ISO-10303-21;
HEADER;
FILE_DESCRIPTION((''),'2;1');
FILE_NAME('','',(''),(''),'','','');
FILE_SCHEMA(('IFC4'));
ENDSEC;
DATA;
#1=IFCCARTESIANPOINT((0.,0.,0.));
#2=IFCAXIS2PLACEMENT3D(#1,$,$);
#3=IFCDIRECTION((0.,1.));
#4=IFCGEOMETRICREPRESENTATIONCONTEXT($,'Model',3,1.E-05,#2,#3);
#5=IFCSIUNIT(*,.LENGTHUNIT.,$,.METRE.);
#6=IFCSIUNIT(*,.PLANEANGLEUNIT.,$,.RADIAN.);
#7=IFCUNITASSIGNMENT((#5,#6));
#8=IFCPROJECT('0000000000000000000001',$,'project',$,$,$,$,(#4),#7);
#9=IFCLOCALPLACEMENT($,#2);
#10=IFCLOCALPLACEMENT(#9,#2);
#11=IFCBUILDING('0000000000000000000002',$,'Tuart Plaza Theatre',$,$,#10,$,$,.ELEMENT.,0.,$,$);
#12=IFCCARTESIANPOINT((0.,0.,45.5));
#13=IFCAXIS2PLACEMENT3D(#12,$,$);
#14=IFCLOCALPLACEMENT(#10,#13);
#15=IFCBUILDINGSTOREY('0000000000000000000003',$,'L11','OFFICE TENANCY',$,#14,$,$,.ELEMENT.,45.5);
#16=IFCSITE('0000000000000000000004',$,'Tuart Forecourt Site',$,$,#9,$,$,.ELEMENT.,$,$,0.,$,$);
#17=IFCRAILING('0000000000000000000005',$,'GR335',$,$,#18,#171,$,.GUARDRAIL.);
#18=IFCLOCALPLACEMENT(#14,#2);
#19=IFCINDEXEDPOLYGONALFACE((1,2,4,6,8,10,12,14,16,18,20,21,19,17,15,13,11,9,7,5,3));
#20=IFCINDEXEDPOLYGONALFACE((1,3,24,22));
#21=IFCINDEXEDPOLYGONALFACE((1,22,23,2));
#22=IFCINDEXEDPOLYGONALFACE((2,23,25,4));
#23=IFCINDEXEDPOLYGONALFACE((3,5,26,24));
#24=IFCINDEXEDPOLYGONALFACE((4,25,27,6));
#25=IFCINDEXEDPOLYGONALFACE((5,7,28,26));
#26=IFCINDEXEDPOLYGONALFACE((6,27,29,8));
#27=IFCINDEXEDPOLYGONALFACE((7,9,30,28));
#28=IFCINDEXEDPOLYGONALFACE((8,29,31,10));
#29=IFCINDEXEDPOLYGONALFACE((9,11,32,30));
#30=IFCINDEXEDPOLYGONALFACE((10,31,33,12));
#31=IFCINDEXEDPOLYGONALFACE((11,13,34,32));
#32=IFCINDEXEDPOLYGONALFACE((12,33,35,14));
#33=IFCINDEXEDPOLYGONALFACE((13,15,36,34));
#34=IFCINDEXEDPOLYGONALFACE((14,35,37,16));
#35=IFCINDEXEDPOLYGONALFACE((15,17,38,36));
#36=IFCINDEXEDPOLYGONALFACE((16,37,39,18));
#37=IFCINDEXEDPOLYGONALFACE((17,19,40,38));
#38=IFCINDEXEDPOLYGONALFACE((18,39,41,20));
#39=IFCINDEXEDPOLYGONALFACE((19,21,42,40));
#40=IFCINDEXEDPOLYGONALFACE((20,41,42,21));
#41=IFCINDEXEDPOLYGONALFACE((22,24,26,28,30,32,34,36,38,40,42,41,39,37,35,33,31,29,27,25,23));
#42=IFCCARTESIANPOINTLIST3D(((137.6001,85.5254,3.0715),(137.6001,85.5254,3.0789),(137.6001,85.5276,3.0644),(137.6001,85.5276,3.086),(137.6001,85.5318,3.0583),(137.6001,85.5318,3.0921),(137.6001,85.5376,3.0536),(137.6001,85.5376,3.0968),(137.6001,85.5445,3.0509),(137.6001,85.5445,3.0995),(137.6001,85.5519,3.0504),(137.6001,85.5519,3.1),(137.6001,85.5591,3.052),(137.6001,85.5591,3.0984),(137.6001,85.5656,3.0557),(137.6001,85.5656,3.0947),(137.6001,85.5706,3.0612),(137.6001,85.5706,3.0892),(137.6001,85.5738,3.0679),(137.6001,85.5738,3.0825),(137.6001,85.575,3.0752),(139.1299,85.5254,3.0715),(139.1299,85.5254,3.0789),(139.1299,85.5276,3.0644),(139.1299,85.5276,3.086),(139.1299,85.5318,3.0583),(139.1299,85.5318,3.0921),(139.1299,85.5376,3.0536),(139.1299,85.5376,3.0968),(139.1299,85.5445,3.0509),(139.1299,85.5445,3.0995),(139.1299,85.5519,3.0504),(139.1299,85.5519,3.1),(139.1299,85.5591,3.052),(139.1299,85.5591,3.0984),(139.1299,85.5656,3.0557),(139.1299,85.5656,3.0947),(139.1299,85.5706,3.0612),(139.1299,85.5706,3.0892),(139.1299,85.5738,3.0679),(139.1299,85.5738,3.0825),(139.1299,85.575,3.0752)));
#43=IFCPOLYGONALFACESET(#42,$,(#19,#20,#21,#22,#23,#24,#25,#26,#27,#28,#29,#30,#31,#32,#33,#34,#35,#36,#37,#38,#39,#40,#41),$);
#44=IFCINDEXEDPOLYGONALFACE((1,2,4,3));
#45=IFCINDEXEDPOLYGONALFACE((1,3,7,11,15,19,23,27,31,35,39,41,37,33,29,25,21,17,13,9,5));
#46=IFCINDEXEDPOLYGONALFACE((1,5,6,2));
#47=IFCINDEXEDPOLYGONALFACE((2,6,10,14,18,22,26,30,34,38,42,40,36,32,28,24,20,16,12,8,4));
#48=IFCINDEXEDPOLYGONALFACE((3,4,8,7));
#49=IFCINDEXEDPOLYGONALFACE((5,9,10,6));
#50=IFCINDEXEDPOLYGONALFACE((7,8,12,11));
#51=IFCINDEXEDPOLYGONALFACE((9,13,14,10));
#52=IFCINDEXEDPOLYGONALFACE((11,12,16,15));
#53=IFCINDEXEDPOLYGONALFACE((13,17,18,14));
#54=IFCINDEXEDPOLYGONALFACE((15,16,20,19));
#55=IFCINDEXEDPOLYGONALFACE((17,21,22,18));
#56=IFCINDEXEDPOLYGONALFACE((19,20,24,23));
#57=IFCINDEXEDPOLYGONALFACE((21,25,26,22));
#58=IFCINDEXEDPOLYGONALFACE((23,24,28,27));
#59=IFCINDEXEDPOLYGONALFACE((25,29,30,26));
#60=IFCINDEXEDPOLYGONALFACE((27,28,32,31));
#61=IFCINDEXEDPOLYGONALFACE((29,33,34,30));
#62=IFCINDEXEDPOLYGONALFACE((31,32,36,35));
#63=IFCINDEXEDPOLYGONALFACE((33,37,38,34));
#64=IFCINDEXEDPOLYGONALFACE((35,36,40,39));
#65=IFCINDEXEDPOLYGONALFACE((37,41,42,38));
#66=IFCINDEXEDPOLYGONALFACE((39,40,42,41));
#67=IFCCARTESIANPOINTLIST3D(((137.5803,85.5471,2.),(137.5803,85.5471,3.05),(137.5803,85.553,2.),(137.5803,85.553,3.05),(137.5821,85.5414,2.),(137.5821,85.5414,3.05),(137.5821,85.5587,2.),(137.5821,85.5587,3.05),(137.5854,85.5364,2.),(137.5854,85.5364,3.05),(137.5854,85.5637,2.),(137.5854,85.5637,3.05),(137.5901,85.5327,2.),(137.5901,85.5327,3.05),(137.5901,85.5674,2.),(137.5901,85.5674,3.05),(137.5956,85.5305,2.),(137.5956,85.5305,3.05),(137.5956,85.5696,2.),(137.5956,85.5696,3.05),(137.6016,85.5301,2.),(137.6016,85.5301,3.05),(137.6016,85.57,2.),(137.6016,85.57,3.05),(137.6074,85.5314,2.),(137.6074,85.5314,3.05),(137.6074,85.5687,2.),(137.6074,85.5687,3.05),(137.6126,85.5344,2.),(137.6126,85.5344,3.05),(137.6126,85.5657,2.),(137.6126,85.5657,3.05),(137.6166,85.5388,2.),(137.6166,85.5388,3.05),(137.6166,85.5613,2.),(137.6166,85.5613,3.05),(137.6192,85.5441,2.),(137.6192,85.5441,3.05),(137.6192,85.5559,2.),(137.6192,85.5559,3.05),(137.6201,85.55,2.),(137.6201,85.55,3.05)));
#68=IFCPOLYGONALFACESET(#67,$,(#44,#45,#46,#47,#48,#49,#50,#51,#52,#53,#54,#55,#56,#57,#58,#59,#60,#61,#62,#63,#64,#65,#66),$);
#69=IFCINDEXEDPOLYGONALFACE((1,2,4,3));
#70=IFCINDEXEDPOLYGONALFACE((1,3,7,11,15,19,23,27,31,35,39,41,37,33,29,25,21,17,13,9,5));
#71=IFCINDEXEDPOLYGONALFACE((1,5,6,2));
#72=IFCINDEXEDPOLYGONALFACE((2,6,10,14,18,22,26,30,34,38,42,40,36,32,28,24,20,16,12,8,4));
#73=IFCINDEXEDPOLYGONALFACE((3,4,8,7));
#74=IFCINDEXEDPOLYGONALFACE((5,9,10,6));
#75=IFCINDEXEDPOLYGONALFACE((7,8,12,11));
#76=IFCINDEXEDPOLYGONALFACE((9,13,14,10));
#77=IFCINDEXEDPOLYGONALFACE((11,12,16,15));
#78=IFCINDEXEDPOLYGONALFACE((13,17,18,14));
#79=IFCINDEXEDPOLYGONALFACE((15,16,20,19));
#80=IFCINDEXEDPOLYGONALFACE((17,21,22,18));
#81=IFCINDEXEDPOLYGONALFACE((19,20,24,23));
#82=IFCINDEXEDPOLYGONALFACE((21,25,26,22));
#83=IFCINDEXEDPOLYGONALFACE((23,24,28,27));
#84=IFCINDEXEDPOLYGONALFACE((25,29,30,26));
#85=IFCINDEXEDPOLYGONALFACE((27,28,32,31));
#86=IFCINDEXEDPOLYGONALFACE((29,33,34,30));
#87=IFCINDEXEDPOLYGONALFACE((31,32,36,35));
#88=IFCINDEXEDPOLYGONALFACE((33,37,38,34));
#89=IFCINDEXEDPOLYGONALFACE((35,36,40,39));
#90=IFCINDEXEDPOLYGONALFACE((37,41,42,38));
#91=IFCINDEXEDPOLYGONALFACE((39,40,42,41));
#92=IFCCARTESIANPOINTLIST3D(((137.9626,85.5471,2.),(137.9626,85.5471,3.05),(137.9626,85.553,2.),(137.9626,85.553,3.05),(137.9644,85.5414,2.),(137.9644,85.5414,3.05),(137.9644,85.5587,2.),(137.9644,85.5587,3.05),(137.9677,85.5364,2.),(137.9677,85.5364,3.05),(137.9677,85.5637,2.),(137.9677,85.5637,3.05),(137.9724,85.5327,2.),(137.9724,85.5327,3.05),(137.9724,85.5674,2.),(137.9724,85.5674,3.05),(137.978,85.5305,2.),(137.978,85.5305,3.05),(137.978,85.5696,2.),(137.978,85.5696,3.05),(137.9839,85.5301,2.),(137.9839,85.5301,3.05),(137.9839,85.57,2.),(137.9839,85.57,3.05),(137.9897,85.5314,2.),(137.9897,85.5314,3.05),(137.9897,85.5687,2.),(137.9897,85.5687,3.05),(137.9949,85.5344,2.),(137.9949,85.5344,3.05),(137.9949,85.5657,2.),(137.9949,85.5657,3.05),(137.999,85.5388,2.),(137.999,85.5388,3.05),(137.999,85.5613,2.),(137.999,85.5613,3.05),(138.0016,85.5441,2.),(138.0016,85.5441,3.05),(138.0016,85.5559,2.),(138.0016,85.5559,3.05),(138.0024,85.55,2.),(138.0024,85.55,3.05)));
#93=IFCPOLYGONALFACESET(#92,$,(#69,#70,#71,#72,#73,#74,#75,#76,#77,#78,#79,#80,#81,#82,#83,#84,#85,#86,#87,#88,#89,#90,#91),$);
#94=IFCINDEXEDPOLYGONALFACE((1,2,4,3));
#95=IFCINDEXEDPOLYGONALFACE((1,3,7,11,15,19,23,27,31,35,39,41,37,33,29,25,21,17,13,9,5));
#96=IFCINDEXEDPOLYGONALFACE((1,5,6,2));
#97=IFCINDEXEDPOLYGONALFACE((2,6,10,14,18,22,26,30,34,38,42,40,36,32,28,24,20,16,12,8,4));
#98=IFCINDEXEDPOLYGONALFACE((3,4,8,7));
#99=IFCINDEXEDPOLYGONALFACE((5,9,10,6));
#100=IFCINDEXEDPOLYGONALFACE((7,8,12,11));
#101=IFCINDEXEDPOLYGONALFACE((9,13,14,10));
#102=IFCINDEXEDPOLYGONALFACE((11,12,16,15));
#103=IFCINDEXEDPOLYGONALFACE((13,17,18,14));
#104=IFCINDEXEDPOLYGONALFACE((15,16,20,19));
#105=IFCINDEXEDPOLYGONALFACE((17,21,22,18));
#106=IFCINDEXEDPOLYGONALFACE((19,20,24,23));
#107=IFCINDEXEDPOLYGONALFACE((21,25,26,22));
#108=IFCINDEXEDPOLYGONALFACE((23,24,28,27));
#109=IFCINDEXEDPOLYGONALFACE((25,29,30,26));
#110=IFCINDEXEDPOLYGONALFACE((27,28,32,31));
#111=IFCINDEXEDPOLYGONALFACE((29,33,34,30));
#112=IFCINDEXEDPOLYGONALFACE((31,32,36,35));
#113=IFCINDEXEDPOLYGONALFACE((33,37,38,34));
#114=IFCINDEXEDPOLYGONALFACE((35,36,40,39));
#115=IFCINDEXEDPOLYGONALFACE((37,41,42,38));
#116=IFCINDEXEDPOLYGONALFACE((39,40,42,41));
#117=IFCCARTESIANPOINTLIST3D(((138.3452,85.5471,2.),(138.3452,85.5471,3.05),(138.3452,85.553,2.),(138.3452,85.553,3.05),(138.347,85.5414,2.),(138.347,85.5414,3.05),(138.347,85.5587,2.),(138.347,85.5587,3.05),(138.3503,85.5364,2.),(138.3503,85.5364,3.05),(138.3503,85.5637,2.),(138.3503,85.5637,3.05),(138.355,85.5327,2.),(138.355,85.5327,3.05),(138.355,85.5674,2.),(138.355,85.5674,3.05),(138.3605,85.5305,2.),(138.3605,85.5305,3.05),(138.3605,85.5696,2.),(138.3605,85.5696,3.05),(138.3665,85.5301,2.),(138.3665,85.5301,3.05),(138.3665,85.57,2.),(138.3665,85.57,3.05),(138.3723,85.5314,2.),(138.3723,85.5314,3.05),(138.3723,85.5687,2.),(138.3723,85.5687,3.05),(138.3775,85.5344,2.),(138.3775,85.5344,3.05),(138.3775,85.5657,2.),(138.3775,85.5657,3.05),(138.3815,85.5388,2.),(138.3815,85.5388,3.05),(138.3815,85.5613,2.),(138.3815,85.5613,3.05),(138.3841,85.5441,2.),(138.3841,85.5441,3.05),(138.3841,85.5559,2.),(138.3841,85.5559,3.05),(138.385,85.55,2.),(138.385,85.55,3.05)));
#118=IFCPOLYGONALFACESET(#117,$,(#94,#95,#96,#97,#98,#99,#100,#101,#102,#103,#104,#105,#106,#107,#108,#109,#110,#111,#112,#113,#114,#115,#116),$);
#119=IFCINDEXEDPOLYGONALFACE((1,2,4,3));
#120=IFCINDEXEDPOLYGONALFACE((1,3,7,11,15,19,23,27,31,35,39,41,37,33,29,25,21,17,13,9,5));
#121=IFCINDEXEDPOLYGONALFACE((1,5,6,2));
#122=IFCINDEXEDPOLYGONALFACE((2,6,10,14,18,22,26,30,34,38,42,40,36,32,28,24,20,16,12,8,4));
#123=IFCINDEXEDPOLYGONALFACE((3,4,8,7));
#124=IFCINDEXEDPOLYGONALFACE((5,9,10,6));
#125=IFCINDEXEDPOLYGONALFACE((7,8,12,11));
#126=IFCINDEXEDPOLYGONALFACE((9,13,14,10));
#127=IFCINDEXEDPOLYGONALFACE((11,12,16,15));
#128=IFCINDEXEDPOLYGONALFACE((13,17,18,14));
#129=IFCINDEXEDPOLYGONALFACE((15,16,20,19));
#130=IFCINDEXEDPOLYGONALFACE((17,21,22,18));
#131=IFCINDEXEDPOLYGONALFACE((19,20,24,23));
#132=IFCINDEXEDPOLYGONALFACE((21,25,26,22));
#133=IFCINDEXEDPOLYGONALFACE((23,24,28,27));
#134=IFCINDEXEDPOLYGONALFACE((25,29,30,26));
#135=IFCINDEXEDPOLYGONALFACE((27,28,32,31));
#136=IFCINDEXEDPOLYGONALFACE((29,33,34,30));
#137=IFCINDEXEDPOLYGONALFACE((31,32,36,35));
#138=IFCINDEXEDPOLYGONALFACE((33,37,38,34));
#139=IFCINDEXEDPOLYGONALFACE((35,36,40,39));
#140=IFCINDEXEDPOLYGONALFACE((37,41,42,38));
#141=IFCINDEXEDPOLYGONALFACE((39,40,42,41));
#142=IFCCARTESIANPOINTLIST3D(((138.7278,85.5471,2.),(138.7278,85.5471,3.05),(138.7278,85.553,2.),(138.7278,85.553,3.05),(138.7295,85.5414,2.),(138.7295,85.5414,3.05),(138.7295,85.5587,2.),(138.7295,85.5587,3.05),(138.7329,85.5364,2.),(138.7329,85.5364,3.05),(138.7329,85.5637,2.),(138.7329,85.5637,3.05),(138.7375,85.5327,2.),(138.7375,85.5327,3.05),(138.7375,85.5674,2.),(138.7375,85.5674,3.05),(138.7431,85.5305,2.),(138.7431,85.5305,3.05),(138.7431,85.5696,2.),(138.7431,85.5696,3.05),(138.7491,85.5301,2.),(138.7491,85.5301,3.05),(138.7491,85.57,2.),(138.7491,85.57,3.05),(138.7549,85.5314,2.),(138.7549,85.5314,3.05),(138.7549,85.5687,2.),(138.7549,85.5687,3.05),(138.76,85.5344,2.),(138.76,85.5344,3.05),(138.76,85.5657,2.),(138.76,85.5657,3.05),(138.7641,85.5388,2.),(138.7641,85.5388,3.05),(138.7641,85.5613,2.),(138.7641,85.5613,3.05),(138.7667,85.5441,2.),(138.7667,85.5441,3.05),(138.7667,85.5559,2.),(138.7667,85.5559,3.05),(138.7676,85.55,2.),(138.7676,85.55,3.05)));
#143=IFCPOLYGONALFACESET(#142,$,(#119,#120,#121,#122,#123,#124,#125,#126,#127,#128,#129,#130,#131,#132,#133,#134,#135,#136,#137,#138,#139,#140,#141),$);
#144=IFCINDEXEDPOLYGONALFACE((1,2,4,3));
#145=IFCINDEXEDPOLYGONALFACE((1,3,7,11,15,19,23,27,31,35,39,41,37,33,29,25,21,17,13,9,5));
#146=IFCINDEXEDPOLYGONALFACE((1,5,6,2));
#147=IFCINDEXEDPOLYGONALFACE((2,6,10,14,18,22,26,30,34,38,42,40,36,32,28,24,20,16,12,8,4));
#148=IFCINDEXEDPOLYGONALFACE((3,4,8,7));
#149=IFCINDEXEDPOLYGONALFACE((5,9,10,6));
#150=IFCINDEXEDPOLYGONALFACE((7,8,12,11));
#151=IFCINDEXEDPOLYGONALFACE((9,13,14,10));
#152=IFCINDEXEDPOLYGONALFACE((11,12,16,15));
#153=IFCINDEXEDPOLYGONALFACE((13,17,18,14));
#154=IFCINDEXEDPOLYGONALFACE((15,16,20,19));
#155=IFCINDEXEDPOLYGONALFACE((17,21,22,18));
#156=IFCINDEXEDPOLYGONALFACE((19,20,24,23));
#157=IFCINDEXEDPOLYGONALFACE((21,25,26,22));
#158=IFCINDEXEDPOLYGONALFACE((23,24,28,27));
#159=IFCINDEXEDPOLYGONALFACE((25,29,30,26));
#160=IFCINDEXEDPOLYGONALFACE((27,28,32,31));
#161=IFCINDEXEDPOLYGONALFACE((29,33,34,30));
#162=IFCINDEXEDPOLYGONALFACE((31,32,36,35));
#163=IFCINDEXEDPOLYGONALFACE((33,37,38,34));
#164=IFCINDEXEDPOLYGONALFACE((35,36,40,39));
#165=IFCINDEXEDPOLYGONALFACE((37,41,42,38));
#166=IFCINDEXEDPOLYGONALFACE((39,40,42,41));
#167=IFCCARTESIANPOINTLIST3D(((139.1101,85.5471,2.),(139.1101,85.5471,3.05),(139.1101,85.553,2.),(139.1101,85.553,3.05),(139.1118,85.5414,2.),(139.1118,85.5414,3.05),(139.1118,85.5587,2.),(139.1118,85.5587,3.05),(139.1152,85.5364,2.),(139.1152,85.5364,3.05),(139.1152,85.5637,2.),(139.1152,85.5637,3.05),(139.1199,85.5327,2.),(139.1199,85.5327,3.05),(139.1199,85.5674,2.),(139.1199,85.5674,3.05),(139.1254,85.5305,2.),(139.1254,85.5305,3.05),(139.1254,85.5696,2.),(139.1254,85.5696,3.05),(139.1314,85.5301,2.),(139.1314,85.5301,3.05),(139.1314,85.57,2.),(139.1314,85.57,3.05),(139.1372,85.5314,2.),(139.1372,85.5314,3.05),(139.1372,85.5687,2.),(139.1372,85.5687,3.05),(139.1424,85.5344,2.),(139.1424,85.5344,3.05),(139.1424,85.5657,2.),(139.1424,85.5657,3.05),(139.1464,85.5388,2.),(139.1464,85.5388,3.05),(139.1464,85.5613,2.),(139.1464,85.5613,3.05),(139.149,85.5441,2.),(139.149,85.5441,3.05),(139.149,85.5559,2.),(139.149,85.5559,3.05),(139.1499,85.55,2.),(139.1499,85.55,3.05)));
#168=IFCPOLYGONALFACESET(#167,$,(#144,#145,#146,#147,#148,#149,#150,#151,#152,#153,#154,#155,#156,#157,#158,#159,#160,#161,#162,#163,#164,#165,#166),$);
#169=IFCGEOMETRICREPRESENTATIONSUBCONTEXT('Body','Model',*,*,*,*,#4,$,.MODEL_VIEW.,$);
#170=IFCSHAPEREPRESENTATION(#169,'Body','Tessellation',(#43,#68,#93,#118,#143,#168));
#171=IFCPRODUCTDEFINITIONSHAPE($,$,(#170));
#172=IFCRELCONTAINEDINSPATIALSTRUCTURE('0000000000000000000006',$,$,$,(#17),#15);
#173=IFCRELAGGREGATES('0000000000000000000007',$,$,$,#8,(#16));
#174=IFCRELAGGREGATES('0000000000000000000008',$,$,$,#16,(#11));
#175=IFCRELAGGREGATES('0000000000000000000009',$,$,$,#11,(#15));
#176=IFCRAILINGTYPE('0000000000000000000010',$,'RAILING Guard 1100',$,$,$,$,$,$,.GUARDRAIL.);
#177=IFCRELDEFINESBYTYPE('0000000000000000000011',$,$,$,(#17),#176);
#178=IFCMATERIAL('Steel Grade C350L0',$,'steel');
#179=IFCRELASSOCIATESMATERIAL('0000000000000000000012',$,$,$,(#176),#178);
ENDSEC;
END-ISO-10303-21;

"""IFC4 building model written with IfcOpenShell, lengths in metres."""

from ifc_helpers import new_model, si_unit, direction, frame, origin, origin_2d, place, context, subcontext, project, spatial, circle, extrude, material, type_object, element, save


model = new_model("IFC4")

# Units and contexts
model_context = context("Model", 3, precision=1e-05, world=origin(), true_north=direction((0.0, 1.0)))
body_context = subcontext(model_context, "Body", "Model", "MODEL_VIEW")
ifc_project = project(units=[si_unit("LENGTHUNIT", "METRE"), si_unit("PLANEANGLEUNIT", "RADIAN")], contexts=[model_context])

# Site, building, storey
site_placement = place(None, origin())
site = spatial("IfcSite", under=ifc_project, at=site_placement, Name="Tuart Forecourt Site", CompositionType="ELEMENT", RefElevation=0.0)
building_placement = place(site_placement, origin())
building = spatial("IfcBuilding", under=site, at=building_placement, Name="Tuart Plaza Theatre", CompositionType="ELEMENT", ElevationOfRefHeight=0.0)
storey_placement = place(building_placement, frame((0.0, 0.0, 45.5)))
storey = spatial("IfcBuildingStorey", under=building, at=storey_placement, Name="L11", Description="OFFICE TENANCY", CompositionType="ELEMENT", Elevation=45.5)

# Railing
ifc_material_1 = material(Name="Steel Grade C350L0", Category="steel")
railing_type_1 = type_object("IfcRailingType", Name="RAILING Guard 1100", PredefinedType="GUARDRAIL", material=ifc_material_1)
railing_1_placement = place(storey_placement, frame((137.6001, 85.55, 2.0)))
element("IfcRailing", 1, at=railing_1_placement, inside=storey, type_object=railing_type_1, Name="GR335", PredefinedType="GUARDRAIL", context=body_context, shape_type="SweptSolid", body=[
    extrude(circle(Radius=0.0249, at=origin_2d()), frame((0.0, 0.0, 1.0752), z_axis=(1.0, 0.0, 0.0), x_axis=(0.0, 1.0, 0.0)), (0.0, 0.0, 1.0), 1.5298),
    extrude(circle(Radius=0.02, at=origin_2d()), origin(), (0.0, 0.0, 1.0), 1.05),
    extrude(circle(Radius=0.02, at=origin_2d()), frame((0.3823, 0.0, 0.0)), (0.0, 0.0, 1.0), 1.05),
    extrude(circle(Radius=0.02, at=origin_2d()), frame((0.7649, 0.0, 0.0)), (0.0, 0.0, 1.0), 1.05),
    extrude(circle(Radius=0.02, at=origin_2d()), frame((1.1475, 0.0, 0.0)), (0.0, 0.0, 1.0), 1.05),
    extrude(circle(Radius=0.02, at=origin_2d()), frame((1.5298, 0.0, 0.0)), (0.0, 0.0, 1.0), 1.05),
])

save(model, "model.ifc")
